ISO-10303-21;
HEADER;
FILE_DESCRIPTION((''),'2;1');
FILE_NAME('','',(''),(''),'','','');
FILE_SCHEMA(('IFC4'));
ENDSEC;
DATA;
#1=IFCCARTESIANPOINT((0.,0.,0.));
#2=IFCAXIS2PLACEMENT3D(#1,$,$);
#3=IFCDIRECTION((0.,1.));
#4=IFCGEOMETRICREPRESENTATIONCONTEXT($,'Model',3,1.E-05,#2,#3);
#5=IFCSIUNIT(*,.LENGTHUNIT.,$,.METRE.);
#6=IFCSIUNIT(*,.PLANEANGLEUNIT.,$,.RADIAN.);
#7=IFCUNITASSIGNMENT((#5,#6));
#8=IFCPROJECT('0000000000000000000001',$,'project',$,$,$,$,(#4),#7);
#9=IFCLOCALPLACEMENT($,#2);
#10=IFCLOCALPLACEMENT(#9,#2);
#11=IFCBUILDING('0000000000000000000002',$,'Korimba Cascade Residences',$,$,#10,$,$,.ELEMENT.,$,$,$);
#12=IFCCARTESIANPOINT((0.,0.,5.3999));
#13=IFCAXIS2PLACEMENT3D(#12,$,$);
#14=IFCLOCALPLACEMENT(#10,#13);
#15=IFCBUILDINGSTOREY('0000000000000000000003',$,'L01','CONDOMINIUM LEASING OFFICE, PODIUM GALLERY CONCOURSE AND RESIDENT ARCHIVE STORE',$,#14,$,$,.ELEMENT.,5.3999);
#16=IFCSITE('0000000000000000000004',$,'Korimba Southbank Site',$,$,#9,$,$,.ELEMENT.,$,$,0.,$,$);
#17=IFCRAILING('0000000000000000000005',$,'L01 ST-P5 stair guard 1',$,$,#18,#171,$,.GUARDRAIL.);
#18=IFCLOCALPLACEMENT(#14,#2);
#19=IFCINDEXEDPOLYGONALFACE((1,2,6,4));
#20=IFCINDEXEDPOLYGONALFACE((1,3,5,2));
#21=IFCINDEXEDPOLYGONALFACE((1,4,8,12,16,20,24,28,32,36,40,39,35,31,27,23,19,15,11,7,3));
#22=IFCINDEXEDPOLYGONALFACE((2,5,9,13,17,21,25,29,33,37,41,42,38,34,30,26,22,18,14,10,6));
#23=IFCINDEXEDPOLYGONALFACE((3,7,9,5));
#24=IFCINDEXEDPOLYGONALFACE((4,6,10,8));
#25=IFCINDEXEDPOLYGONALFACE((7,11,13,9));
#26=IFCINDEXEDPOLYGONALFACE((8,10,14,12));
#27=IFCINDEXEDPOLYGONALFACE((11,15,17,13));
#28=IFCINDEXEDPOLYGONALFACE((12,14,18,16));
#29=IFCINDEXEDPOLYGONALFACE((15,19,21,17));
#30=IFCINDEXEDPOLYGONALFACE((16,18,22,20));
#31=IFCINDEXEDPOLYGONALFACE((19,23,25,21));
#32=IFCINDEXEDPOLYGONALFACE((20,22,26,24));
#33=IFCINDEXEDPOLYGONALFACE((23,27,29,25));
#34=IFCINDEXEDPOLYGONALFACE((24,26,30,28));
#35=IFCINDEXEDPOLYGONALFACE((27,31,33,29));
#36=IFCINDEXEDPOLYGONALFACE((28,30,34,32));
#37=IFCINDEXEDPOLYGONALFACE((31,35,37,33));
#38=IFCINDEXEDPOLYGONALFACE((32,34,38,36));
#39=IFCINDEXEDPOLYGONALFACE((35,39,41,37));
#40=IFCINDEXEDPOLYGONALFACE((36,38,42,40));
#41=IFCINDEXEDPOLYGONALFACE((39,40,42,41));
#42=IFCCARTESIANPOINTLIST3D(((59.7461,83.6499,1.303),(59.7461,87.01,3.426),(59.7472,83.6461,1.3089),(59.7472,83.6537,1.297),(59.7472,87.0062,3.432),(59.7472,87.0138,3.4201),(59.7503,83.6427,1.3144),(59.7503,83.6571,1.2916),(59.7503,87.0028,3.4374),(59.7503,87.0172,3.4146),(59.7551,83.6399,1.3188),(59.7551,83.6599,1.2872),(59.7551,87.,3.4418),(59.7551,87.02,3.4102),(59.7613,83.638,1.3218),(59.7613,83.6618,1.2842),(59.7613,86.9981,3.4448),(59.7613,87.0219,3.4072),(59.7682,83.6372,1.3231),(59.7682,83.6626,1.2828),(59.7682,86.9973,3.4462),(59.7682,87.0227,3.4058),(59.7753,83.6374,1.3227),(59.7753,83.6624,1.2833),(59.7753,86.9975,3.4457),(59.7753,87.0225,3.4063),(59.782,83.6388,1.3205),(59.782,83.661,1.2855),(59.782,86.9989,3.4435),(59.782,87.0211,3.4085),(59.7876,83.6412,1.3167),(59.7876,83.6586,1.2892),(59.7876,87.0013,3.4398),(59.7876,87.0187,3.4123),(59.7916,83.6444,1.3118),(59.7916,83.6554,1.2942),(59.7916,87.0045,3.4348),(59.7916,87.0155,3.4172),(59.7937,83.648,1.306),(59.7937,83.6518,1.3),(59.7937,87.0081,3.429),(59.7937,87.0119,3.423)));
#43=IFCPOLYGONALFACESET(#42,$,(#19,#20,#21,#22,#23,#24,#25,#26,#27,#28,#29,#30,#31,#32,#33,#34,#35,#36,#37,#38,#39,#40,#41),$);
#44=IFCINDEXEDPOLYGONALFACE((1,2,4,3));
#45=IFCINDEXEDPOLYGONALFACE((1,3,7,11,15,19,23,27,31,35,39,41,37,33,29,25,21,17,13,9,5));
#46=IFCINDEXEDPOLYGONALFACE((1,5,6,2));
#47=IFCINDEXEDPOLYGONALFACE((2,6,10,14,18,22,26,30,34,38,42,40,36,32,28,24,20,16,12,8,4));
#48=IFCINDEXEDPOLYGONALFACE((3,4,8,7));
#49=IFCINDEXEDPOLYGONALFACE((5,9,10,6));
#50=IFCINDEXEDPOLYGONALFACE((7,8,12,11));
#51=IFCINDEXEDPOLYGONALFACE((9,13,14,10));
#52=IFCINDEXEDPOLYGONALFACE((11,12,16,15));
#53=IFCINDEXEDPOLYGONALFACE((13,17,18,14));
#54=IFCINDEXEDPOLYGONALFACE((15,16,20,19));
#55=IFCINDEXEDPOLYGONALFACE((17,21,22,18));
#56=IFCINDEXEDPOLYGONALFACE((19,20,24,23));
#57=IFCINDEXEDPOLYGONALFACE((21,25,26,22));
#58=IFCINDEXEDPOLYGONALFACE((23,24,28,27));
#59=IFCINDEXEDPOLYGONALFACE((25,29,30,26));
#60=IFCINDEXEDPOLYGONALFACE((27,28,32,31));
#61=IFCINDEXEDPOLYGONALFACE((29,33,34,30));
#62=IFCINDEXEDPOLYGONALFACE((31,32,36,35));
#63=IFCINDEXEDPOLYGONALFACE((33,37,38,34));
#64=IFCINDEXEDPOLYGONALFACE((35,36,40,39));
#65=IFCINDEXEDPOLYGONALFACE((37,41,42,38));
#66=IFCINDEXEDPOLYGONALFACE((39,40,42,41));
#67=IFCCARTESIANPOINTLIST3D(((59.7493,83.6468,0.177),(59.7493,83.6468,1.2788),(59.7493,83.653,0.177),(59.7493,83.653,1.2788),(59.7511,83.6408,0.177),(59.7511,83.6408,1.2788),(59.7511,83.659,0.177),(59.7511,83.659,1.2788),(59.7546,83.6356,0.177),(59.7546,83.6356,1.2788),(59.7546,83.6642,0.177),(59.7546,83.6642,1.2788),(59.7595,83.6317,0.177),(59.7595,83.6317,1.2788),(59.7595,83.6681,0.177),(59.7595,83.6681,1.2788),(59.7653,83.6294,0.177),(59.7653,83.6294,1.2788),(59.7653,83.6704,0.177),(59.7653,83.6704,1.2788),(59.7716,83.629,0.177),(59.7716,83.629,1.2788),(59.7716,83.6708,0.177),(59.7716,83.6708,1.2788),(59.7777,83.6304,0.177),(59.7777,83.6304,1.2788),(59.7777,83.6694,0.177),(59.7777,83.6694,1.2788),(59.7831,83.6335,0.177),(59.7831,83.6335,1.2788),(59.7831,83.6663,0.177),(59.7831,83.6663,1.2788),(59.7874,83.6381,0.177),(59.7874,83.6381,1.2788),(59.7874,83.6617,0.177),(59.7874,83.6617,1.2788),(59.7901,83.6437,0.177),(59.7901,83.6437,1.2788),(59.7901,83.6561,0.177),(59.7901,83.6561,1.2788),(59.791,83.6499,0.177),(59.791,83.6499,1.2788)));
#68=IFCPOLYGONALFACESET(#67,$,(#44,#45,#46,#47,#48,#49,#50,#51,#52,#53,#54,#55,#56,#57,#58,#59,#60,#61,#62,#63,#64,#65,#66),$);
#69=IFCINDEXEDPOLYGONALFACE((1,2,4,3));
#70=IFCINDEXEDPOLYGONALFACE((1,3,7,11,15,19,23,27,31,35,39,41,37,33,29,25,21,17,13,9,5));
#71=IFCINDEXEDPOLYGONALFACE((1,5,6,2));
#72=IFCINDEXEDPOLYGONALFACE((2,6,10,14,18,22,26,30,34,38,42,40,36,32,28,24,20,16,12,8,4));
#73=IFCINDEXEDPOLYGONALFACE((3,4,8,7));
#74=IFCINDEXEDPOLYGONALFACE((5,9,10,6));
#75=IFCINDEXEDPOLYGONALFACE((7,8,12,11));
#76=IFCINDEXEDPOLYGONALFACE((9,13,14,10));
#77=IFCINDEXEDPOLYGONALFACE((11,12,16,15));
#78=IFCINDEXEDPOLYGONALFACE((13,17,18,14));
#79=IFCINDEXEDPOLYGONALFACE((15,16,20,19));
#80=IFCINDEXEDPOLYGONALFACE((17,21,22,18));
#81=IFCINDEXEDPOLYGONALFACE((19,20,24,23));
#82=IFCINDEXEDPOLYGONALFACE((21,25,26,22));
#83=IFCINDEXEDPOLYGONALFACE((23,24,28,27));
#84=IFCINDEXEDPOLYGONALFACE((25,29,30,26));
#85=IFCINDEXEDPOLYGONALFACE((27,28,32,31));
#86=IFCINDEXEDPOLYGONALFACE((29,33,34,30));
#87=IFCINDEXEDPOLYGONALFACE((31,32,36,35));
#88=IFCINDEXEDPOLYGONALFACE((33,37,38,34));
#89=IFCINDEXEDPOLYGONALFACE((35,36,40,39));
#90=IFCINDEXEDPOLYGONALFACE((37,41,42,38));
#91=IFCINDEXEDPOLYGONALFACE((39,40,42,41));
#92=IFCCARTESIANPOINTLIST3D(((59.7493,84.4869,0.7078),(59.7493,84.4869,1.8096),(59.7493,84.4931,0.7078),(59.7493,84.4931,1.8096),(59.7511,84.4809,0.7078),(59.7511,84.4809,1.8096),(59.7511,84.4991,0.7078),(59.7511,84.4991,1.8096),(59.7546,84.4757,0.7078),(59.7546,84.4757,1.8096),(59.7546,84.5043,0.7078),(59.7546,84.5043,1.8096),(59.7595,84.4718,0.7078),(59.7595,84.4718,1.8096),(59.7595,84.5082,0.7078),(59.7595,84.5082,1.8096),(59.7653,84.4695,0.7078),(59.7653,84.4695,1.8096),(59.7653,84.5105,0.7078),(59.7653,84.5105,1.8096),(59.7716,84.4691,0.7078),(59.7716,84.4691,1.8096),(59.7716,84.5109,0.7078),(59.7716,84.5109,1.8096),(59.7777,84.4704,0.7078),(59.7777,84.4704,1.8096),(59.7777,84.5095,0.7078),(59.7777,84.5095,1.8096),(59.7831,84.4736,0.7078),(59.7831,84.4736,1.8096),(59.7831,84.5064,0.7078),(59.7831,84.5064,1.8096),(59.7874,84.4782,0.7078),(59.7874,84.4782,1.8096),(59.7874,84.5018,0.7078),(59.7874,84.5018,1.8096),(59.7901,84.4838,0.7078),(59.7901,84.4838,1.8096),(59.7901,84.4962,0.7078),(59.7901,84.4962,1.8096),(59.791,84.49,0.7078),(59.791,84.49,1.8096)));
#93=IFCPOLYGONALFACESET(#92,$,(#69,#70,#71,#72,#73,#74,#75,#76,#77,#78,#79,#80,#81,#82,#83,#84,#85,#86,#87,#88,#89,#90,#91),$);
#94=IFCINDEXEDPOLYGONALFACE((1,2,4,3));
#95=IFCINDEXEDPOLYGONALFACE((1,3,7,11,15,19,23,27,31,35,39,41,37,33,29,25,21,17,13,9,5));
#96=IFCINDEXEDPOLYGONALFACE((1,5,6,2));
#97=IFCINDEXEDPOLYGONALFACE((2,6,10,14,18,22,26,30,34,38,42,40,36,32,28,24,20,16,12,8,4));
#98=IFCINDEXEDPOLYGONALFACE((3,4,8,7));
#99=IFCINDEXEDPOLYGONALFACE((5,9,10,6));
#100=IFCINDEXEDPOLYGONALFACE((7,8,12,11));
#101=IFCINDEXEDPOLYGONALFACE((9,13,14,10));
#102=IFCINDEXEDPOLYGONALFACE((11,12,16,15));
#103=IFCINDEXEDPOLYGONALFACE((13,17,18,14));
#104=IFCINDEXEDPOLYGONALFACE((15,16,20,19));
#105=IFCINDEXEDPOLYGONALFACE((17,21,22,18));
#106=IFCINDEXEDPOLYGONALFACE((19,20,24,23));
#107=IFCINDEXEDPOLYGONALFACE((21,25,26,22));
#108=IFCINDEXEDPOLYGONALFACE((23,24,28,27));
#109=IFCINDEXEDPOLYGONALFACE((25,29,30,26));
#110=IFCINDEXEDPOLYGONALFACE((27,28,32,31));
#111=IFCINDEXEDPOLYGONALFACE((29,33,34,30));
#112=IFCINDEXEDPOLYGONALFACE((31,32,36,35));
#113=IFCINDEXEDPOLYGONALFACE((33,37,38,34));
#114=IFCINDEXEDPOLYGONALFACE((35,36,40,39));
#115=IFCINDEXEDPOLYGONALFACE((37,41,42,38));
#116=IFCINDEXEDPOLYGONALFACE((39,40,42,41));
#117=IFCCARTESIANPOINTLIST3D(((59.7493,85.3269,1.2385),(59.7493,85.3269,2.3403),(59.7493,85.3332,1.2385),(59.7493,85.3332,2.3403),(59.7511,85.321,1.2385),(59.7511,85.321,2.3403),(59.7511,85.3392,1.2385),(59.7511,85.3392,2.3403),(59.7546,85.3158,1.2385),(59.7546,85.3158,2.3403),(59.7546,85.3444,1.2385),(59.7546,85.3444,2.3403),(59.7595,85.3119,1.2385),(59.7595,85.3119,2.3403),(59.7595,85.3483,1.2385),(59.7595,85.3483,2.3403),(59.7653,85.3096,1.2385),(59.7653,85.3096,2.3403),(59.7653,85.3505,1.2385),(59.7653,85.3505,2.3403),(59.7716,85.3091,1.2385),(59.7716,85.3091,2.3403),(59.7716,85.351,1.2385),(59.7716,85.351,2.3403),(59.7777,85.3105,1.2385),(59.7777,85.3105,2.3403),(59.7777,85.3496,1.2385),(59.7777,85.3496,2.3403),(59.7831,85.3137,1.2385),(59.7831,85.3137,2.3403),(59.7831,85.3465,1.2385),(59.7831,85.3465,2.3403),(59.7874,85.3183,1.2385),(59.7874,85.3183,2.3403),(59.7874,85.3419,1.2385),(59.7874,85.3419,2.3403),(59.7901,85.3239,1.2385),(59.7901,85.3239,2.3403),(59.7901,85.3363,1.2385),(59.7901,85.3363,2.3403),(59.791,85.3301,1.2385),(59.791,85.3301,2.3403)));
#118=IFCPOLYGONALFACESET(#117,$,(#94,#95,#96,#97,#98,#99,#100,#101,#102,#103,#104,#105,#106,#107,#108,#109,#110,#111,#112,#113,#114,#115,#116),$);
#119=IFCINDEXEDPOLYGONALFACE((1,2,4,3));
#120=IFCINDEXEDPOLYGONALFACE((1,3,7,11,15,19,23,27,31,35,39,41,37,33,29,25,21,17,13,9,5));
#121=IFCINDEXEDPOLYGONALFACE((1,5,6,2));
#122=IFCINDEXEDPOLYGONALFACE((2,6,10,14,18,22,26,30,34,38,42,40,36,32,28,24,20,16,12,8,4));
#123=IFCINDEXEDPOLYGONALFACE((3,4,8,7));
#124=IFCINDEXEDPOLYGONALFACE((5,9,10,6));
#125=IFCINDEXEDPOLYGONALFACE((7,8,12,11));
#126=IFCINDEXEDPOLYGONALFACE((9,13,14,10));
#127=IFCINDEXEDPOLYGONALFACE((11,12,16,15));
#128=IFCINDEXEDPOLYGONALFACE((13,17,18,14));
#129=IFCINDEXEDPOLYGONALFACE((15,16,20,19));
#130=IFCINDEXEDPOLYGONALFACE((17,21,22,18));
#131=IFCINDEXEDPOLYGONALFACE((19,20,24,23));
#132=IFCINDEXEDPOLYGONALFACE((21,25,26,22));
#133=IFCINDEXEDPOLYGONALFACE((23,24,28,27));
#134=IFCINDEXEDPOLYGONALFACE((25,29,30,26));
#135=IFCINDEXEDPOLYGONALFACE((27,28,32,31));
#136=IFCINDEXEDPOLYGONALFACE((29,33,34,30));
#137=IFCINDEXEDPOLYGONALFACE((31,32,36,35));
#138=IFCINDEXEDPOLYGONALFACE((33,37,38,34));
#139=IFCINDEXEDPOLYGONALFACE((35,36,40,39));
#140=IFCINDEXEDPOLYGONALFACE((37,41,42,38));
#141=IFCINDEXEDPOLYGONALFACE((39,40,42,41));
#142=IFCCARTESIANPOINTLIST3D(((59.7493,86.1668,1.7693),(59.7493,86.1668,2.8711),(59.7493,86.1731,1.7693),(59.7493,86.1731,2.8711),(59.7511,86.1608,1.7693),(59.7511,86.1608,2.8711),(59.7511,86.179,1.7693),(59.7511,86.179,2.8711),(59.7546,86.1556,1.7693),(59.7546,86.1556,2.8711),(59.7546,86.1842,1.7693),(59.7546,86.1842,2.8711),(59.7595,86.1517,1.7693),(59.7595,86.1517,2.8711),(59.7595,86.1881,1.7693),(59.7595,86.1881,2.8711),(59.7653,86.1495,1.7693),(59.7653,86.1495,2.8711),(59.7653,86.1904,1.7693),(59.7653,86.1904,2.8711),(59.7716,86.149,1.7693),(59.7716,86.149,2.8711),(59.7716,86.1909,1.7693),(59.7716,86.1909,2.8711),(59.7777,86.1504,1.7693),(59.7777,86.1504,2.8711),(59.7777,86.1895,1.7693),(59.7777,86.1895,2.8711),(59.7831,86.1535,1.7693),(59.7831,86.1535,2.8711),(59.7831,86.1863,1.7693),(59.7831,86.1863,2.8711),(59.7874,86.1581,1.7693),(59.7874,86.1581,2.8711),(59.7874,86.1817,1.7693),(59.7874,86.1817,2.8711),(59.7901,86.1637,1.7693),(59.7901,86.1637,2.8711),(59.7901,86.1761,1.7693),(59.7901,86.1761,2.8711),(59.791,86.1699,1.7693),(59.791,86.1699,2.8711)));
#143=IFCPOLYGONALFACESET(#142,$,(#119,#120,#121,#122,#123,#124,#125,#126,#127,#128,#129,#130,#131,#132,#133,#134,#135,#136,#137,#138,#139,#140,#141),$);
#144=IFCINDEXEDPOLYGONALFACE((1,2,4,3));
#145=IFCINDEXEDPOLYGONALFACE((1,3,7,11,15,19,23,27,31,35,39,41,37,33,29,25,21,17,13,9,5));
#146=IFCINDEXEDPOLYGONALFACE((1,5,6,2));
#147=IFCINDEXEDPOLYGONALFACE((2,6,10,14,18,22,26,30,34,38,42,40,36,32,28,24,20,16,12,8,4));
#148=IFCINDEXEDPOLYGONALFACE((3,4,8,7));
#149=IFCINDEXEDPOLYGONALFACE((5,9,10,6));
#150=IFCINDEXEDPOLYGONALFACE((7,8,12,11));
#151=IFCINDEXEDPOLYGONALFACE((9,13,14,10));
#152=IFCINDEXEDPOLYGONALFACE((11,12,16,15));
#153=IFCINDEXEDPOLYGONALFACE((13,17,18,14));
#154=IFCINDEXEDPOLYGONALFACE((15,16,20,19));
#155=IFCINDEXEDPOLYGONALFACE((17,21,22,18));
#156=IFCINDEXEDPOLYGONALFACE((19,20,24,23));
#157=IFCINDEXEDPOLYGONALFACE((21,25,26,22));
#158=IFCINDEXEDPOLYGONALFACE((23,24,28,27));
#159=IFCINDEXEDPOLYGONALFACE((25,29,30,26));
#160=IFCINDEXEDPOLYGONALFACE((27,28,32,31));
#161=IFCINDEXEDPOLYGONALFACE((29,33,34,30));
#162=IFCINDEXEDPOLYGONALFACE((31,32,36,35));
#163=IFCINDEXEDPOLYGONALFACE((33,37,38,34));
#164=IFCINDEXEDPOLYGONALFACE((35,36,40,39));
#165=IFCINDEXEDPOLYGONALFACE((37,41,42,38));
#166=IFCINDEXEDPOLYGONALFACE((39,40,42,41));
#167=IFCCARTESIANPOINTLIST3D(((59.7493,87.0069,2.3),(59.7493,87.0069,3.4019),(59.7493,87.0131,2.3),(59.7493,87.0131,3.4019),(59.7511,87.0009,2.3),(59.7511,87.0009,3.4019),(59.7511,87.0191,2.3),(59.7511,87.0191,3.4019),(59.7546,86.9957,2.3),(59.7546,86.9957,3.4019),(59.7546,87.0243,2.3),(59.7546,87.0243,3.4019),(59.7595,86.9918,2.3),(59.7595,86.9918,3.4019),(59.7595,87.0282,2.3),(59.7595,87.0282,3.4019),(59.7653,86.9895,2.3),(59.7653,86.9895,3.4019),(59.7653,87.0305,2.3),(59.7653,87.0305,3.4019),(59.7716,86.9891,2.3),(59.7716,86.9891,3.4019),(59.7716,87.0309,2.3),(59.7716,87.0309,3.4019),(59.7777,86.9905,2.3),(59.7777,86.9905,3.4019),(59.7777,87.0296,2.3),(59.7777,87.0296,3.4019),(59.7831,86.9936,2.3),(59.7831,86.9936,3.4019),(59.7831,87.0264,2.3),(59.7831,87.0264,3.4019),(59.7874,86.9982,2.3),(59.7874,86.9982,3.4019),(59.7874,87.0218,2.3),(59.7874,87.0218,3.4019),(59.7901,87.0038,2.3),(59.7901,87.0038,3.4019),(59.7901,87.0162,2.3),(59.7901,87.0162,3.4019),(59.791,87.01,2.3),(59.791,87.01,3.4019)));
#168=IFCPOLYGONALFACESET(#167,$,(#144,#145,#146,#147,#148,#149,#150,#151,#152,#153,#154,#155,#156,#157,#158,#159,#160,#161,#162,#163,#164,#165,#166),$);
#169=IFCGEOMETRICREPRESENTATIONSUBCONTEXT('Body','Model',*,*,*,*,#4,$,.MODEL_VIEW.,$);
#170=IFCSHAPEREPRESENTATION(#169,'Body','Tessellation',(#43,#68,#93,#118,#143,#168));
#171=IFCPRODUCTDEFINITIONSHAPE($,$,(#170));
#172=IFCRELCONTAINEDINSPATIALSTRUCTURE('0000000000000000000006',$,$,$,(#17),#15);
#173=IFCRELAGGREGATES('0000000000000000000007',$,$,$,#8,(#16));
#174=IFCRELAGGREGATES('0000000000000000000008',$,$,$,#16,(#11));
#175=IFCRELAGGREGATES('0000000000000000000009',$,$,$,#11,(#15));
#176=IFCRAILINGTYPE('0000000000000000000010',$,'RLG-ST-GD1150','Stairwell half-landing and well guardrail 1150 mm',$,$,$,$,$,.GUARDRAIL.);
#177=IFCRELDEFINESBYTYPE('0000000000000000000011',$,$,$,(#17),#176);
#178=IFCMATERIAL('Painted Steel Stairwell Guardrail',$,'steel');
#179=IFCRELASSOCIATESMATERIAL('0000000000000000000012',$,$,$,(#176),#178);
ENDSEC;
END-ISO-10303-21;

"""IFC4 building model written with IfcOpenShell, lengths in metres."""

from ifc_helpers import new_model, si_unit, direction, frame, origin, origin_2d, place, context, subcontext, project, spatial, circle, extrude, material, type_object, element, save


model = new_model("IFC4")

# Units and contexts
model_context = context("Model", 3, precision=1e-05, world=origin(), true_north=direction((0.0, 1.0)))
body_context = subcontext(model_context, "Body", "Model", "MODEL_VIEW")
ifc_project = project(units=[si_unit("LENGTHUNIT", "METRE"), si_unit("PLANEANGLEUNIT", "RADIAN")], contexts=[model_context])

# Site, building, storey
site_placement = place(None, origin())
site = spatial("IfcSite", under=ifc_project, at=site_placement, Name="Korimba Southbank Site", CompositionType="ELEMENT", RefElevation=0.0)
building_placement = place(site_placement, origin())
building = spatial("IfcBuilding", under=site, at=building_placement, Name="Korimba Cascade Residences", CompositionType="ELEMENT")
storey_placement = place(building_placement, frame((0.0, 0.0, 5.3999)))
storey = spatial("IfcBuildingStorey", under=building, at=storey_placement, Name="L01", Description="CONDOMINIUM LEASING OFFICE, PODIUM GALLERY CONCOURSE AND RESIDENT ARCHIVE STORE", CompositionType="ELEMENT", Elevation=5.3999)

# Railing
ifc_material_1 = material(Name="Painted Steel Stairwell Guardrail", Category="steel")
railing_type_1 = type_object("IfcRailingType", Name="RLG-ST-GD1150", Description="Stairwell half-landing and well guardrail 1150 mm", PredefinedType="GUARDRAIL", material=ifc_material_1)
railing_1_placement = place(storey_placement, frame((59.77, 83.6499, 0.177)))
element("IfcRailing", 1, at=railing_1_placement, inside=storey, type_object=railing_type_1, Name="L01 ST-P5 stair guard 1", PredefinedType="GUARDRAIL", context=body_context, shape_type="SweptSolid", body=[
    extrude(circle(Radius=0.0239, at=origin_2d()), frame((0.0, 0.0, 1.126), z_axis=(0.0, 0.84539, 0.53415), x_axis=(-1.0, 0.0, 0.0)), (0.0, 0.0, 1.0), 3.9746),
    extrude(circle(Radius=0.021, at=origin_2d()), origin(), (0.0, 0.0, 1.0), 1.1018),
    extrude(circle(Radius=0.021, at=origin_2d()), frame((0.0, 0.8401, 0.5308)), (0.0, 0.0, 1.0), 1.1018),
    extrude(circle(Radius=0.021, at=origin_2d()), frame((0.0, 1.6802, 1.0615)), (0.0, 0.0, 1.0), 1.1018),
    extrude(circle(Radius=0.021, at=origin_2d()), frame((0.0, 2.52, 1.5923)), (0.0, 0.0, 1.0), 1.1018),
    extrude(circle(Radius=0.021, at=origin_2d()), frame((0.0, 3.3601, 2.123)), (0.0, 0.0, 1.0), 1.1018),
])

save(model, "model.ifc")
